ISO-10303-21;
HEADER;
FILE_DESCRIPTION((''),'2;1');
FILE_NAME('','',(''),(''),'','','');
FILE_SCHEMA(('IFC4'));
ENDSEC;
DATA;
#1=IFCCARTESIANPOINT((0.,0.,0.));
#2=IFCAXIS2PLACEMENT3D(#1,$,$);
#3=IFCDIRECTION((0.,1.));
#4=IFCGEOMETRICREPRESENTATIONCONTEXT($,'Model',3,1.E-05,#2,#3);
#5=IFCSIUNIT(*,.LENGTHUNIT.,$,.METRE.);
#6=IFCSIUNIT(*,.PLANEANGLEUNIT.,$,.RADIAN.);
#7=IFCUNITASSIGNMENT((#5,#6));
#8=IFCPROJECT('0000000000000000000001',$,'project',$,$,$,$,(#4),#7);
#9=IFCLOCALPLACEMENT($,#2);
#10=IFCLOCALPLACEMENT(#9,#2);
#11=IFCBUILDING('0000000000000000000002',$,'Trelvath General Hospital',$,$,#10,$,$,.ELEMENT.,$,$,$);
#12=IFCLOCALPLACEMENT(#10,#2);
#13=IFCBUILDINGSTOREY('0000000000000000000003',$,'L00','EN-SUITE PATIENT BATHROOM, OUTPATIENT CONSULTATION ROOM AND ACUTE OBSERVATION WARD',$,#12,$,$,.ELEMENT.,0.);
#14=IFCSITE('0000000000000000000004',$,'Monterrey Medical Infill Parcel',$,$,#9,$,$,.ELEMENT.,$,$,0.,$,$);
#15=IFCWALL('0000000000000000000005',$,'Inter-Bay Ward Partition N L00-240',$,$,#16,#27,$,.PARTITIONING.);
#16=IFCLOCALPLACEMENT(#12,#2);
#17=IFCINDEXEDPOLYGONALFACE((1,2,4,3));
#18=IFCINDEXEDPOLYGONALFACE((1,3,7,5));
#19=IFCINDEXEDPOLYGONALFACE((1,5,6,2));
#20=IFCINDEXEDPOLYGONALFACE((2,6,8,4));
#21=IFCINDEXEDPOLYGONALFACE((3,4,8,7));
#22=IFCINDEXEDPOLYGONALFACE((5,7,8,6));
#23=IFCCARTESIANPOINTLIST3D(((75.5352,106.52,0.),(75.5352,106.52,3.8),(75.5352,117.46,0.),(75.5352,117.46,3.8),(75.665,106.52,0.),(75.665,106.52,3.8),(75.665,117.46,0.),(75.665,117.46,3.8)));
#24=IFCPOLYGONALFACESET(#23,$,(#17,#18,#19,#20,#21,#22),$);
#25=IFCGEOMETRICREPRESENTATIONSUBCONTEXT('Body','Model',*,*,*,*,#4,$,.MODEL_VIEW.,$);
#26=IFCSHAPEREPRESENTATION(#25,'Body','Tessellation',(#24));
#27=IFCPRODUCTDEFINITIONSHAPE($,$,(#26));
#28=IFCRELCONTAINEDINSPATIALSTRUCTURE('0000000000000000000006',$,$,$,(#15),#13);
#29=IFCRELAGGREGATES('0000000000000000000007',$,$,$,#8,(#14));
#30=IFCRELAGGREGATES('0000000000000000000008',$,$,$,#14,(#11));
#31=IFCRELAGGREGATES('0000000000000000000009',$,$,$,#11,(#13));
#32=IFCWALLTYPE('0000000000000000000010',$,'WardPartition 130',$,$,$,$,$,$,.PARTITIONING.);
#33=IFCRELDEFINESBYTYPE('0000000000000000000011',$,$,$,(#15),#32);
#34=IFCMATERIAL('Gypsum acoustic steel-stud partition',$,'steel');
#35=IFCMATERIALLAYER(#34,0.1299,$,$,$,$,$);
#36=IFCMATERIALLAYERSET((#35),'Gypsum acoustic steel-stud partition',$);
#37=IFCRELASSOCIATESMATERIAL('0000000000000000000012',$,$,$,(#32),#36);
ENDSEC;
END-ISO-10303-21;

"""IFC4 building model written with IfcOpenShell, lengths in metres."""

from ifc_helpers import new_model, si_unit, direction, frame, frame_2d, origin, place, context, subcontext, project, spatial, rectangle, extrude, material, layer, layer_set, type_object, element, save


model = new_model("IFC4")

# Units and contexts
model_context = context("Model", 3, precision=1e-05, world=origin(), true_north=direction((0.0, 1.0)))
body_context = subcontext(model_context, "Body", "Model", "MODEL_VIEW")
ifc_project = project(units=[si_unit("LENGTHUNIT", "METRE"), si_unit("PLANEANGLEUNIT", "RADIAN")], contexts=[model_context])

# Site, building, storey
site_placement = place(None, origin())
site = spatial("IfcSite", under=ifc_project, at=site_placement, Name="Monterrey Medical Infill Parcel", CompositionType="ELEMENT", RefElevation=0.0)
building_placement = place(site_placement, origin())
building = spatial("IfcBuilding", under=site, at=building_placement, Name="Trelvath General Hospital", CompositionType="ELEMENT")
storey_placement = place(building_placement, origin())
storey = spatial("IfcBuildingStorey", under=building, at=storey_placement, Name="L00", Description="EN-SUITE PATIENT BATHROOM, OUTPATIENT CONSULTATION ROOM AND ACUTE OBSERVATION WARD", CompositionType="ELEMENT", Elevation=0.0)

# Wall
ifc_material_1 = material(Name="Gypsum acoustic steel-stud partition", Category="steel")
ifc_layer_1 = layer(ifc_material_1, 0.1299)
ifc_layer_set_1 = layer_set([ifc_layer_1], Name="Gypsum acoustic steel-stud partition")
wall_type_1 = type_object("IfcWallType", Name="WardPartition 130", PredefinedType="PARTITIONING", material=ifc_layer_set_1)
wall_1_placement = place(storey_placement, frame((75.6001, 106.52, 0.0), z_axis=(0.0, 0.0, 1.0), x_axis=(0.0, 1.0, 0.0)))
element("IfcWall", 1, at=wall_1_placement, inside=storey, type_object=wall_type_1, Name="Inter-Bay Ward Partition N L00-240", PredefinedType="PARTITIONING", context=body_context, shape_type="SweptSolid", body=[
    extrude(rectangle(XDim=10.9399, YDim=0.1299, at=frame_2d((5.47, 0.0))), origin(), (0.0, 0.0, 1.0), 3.8),
])

save(model, "model.ifc")
